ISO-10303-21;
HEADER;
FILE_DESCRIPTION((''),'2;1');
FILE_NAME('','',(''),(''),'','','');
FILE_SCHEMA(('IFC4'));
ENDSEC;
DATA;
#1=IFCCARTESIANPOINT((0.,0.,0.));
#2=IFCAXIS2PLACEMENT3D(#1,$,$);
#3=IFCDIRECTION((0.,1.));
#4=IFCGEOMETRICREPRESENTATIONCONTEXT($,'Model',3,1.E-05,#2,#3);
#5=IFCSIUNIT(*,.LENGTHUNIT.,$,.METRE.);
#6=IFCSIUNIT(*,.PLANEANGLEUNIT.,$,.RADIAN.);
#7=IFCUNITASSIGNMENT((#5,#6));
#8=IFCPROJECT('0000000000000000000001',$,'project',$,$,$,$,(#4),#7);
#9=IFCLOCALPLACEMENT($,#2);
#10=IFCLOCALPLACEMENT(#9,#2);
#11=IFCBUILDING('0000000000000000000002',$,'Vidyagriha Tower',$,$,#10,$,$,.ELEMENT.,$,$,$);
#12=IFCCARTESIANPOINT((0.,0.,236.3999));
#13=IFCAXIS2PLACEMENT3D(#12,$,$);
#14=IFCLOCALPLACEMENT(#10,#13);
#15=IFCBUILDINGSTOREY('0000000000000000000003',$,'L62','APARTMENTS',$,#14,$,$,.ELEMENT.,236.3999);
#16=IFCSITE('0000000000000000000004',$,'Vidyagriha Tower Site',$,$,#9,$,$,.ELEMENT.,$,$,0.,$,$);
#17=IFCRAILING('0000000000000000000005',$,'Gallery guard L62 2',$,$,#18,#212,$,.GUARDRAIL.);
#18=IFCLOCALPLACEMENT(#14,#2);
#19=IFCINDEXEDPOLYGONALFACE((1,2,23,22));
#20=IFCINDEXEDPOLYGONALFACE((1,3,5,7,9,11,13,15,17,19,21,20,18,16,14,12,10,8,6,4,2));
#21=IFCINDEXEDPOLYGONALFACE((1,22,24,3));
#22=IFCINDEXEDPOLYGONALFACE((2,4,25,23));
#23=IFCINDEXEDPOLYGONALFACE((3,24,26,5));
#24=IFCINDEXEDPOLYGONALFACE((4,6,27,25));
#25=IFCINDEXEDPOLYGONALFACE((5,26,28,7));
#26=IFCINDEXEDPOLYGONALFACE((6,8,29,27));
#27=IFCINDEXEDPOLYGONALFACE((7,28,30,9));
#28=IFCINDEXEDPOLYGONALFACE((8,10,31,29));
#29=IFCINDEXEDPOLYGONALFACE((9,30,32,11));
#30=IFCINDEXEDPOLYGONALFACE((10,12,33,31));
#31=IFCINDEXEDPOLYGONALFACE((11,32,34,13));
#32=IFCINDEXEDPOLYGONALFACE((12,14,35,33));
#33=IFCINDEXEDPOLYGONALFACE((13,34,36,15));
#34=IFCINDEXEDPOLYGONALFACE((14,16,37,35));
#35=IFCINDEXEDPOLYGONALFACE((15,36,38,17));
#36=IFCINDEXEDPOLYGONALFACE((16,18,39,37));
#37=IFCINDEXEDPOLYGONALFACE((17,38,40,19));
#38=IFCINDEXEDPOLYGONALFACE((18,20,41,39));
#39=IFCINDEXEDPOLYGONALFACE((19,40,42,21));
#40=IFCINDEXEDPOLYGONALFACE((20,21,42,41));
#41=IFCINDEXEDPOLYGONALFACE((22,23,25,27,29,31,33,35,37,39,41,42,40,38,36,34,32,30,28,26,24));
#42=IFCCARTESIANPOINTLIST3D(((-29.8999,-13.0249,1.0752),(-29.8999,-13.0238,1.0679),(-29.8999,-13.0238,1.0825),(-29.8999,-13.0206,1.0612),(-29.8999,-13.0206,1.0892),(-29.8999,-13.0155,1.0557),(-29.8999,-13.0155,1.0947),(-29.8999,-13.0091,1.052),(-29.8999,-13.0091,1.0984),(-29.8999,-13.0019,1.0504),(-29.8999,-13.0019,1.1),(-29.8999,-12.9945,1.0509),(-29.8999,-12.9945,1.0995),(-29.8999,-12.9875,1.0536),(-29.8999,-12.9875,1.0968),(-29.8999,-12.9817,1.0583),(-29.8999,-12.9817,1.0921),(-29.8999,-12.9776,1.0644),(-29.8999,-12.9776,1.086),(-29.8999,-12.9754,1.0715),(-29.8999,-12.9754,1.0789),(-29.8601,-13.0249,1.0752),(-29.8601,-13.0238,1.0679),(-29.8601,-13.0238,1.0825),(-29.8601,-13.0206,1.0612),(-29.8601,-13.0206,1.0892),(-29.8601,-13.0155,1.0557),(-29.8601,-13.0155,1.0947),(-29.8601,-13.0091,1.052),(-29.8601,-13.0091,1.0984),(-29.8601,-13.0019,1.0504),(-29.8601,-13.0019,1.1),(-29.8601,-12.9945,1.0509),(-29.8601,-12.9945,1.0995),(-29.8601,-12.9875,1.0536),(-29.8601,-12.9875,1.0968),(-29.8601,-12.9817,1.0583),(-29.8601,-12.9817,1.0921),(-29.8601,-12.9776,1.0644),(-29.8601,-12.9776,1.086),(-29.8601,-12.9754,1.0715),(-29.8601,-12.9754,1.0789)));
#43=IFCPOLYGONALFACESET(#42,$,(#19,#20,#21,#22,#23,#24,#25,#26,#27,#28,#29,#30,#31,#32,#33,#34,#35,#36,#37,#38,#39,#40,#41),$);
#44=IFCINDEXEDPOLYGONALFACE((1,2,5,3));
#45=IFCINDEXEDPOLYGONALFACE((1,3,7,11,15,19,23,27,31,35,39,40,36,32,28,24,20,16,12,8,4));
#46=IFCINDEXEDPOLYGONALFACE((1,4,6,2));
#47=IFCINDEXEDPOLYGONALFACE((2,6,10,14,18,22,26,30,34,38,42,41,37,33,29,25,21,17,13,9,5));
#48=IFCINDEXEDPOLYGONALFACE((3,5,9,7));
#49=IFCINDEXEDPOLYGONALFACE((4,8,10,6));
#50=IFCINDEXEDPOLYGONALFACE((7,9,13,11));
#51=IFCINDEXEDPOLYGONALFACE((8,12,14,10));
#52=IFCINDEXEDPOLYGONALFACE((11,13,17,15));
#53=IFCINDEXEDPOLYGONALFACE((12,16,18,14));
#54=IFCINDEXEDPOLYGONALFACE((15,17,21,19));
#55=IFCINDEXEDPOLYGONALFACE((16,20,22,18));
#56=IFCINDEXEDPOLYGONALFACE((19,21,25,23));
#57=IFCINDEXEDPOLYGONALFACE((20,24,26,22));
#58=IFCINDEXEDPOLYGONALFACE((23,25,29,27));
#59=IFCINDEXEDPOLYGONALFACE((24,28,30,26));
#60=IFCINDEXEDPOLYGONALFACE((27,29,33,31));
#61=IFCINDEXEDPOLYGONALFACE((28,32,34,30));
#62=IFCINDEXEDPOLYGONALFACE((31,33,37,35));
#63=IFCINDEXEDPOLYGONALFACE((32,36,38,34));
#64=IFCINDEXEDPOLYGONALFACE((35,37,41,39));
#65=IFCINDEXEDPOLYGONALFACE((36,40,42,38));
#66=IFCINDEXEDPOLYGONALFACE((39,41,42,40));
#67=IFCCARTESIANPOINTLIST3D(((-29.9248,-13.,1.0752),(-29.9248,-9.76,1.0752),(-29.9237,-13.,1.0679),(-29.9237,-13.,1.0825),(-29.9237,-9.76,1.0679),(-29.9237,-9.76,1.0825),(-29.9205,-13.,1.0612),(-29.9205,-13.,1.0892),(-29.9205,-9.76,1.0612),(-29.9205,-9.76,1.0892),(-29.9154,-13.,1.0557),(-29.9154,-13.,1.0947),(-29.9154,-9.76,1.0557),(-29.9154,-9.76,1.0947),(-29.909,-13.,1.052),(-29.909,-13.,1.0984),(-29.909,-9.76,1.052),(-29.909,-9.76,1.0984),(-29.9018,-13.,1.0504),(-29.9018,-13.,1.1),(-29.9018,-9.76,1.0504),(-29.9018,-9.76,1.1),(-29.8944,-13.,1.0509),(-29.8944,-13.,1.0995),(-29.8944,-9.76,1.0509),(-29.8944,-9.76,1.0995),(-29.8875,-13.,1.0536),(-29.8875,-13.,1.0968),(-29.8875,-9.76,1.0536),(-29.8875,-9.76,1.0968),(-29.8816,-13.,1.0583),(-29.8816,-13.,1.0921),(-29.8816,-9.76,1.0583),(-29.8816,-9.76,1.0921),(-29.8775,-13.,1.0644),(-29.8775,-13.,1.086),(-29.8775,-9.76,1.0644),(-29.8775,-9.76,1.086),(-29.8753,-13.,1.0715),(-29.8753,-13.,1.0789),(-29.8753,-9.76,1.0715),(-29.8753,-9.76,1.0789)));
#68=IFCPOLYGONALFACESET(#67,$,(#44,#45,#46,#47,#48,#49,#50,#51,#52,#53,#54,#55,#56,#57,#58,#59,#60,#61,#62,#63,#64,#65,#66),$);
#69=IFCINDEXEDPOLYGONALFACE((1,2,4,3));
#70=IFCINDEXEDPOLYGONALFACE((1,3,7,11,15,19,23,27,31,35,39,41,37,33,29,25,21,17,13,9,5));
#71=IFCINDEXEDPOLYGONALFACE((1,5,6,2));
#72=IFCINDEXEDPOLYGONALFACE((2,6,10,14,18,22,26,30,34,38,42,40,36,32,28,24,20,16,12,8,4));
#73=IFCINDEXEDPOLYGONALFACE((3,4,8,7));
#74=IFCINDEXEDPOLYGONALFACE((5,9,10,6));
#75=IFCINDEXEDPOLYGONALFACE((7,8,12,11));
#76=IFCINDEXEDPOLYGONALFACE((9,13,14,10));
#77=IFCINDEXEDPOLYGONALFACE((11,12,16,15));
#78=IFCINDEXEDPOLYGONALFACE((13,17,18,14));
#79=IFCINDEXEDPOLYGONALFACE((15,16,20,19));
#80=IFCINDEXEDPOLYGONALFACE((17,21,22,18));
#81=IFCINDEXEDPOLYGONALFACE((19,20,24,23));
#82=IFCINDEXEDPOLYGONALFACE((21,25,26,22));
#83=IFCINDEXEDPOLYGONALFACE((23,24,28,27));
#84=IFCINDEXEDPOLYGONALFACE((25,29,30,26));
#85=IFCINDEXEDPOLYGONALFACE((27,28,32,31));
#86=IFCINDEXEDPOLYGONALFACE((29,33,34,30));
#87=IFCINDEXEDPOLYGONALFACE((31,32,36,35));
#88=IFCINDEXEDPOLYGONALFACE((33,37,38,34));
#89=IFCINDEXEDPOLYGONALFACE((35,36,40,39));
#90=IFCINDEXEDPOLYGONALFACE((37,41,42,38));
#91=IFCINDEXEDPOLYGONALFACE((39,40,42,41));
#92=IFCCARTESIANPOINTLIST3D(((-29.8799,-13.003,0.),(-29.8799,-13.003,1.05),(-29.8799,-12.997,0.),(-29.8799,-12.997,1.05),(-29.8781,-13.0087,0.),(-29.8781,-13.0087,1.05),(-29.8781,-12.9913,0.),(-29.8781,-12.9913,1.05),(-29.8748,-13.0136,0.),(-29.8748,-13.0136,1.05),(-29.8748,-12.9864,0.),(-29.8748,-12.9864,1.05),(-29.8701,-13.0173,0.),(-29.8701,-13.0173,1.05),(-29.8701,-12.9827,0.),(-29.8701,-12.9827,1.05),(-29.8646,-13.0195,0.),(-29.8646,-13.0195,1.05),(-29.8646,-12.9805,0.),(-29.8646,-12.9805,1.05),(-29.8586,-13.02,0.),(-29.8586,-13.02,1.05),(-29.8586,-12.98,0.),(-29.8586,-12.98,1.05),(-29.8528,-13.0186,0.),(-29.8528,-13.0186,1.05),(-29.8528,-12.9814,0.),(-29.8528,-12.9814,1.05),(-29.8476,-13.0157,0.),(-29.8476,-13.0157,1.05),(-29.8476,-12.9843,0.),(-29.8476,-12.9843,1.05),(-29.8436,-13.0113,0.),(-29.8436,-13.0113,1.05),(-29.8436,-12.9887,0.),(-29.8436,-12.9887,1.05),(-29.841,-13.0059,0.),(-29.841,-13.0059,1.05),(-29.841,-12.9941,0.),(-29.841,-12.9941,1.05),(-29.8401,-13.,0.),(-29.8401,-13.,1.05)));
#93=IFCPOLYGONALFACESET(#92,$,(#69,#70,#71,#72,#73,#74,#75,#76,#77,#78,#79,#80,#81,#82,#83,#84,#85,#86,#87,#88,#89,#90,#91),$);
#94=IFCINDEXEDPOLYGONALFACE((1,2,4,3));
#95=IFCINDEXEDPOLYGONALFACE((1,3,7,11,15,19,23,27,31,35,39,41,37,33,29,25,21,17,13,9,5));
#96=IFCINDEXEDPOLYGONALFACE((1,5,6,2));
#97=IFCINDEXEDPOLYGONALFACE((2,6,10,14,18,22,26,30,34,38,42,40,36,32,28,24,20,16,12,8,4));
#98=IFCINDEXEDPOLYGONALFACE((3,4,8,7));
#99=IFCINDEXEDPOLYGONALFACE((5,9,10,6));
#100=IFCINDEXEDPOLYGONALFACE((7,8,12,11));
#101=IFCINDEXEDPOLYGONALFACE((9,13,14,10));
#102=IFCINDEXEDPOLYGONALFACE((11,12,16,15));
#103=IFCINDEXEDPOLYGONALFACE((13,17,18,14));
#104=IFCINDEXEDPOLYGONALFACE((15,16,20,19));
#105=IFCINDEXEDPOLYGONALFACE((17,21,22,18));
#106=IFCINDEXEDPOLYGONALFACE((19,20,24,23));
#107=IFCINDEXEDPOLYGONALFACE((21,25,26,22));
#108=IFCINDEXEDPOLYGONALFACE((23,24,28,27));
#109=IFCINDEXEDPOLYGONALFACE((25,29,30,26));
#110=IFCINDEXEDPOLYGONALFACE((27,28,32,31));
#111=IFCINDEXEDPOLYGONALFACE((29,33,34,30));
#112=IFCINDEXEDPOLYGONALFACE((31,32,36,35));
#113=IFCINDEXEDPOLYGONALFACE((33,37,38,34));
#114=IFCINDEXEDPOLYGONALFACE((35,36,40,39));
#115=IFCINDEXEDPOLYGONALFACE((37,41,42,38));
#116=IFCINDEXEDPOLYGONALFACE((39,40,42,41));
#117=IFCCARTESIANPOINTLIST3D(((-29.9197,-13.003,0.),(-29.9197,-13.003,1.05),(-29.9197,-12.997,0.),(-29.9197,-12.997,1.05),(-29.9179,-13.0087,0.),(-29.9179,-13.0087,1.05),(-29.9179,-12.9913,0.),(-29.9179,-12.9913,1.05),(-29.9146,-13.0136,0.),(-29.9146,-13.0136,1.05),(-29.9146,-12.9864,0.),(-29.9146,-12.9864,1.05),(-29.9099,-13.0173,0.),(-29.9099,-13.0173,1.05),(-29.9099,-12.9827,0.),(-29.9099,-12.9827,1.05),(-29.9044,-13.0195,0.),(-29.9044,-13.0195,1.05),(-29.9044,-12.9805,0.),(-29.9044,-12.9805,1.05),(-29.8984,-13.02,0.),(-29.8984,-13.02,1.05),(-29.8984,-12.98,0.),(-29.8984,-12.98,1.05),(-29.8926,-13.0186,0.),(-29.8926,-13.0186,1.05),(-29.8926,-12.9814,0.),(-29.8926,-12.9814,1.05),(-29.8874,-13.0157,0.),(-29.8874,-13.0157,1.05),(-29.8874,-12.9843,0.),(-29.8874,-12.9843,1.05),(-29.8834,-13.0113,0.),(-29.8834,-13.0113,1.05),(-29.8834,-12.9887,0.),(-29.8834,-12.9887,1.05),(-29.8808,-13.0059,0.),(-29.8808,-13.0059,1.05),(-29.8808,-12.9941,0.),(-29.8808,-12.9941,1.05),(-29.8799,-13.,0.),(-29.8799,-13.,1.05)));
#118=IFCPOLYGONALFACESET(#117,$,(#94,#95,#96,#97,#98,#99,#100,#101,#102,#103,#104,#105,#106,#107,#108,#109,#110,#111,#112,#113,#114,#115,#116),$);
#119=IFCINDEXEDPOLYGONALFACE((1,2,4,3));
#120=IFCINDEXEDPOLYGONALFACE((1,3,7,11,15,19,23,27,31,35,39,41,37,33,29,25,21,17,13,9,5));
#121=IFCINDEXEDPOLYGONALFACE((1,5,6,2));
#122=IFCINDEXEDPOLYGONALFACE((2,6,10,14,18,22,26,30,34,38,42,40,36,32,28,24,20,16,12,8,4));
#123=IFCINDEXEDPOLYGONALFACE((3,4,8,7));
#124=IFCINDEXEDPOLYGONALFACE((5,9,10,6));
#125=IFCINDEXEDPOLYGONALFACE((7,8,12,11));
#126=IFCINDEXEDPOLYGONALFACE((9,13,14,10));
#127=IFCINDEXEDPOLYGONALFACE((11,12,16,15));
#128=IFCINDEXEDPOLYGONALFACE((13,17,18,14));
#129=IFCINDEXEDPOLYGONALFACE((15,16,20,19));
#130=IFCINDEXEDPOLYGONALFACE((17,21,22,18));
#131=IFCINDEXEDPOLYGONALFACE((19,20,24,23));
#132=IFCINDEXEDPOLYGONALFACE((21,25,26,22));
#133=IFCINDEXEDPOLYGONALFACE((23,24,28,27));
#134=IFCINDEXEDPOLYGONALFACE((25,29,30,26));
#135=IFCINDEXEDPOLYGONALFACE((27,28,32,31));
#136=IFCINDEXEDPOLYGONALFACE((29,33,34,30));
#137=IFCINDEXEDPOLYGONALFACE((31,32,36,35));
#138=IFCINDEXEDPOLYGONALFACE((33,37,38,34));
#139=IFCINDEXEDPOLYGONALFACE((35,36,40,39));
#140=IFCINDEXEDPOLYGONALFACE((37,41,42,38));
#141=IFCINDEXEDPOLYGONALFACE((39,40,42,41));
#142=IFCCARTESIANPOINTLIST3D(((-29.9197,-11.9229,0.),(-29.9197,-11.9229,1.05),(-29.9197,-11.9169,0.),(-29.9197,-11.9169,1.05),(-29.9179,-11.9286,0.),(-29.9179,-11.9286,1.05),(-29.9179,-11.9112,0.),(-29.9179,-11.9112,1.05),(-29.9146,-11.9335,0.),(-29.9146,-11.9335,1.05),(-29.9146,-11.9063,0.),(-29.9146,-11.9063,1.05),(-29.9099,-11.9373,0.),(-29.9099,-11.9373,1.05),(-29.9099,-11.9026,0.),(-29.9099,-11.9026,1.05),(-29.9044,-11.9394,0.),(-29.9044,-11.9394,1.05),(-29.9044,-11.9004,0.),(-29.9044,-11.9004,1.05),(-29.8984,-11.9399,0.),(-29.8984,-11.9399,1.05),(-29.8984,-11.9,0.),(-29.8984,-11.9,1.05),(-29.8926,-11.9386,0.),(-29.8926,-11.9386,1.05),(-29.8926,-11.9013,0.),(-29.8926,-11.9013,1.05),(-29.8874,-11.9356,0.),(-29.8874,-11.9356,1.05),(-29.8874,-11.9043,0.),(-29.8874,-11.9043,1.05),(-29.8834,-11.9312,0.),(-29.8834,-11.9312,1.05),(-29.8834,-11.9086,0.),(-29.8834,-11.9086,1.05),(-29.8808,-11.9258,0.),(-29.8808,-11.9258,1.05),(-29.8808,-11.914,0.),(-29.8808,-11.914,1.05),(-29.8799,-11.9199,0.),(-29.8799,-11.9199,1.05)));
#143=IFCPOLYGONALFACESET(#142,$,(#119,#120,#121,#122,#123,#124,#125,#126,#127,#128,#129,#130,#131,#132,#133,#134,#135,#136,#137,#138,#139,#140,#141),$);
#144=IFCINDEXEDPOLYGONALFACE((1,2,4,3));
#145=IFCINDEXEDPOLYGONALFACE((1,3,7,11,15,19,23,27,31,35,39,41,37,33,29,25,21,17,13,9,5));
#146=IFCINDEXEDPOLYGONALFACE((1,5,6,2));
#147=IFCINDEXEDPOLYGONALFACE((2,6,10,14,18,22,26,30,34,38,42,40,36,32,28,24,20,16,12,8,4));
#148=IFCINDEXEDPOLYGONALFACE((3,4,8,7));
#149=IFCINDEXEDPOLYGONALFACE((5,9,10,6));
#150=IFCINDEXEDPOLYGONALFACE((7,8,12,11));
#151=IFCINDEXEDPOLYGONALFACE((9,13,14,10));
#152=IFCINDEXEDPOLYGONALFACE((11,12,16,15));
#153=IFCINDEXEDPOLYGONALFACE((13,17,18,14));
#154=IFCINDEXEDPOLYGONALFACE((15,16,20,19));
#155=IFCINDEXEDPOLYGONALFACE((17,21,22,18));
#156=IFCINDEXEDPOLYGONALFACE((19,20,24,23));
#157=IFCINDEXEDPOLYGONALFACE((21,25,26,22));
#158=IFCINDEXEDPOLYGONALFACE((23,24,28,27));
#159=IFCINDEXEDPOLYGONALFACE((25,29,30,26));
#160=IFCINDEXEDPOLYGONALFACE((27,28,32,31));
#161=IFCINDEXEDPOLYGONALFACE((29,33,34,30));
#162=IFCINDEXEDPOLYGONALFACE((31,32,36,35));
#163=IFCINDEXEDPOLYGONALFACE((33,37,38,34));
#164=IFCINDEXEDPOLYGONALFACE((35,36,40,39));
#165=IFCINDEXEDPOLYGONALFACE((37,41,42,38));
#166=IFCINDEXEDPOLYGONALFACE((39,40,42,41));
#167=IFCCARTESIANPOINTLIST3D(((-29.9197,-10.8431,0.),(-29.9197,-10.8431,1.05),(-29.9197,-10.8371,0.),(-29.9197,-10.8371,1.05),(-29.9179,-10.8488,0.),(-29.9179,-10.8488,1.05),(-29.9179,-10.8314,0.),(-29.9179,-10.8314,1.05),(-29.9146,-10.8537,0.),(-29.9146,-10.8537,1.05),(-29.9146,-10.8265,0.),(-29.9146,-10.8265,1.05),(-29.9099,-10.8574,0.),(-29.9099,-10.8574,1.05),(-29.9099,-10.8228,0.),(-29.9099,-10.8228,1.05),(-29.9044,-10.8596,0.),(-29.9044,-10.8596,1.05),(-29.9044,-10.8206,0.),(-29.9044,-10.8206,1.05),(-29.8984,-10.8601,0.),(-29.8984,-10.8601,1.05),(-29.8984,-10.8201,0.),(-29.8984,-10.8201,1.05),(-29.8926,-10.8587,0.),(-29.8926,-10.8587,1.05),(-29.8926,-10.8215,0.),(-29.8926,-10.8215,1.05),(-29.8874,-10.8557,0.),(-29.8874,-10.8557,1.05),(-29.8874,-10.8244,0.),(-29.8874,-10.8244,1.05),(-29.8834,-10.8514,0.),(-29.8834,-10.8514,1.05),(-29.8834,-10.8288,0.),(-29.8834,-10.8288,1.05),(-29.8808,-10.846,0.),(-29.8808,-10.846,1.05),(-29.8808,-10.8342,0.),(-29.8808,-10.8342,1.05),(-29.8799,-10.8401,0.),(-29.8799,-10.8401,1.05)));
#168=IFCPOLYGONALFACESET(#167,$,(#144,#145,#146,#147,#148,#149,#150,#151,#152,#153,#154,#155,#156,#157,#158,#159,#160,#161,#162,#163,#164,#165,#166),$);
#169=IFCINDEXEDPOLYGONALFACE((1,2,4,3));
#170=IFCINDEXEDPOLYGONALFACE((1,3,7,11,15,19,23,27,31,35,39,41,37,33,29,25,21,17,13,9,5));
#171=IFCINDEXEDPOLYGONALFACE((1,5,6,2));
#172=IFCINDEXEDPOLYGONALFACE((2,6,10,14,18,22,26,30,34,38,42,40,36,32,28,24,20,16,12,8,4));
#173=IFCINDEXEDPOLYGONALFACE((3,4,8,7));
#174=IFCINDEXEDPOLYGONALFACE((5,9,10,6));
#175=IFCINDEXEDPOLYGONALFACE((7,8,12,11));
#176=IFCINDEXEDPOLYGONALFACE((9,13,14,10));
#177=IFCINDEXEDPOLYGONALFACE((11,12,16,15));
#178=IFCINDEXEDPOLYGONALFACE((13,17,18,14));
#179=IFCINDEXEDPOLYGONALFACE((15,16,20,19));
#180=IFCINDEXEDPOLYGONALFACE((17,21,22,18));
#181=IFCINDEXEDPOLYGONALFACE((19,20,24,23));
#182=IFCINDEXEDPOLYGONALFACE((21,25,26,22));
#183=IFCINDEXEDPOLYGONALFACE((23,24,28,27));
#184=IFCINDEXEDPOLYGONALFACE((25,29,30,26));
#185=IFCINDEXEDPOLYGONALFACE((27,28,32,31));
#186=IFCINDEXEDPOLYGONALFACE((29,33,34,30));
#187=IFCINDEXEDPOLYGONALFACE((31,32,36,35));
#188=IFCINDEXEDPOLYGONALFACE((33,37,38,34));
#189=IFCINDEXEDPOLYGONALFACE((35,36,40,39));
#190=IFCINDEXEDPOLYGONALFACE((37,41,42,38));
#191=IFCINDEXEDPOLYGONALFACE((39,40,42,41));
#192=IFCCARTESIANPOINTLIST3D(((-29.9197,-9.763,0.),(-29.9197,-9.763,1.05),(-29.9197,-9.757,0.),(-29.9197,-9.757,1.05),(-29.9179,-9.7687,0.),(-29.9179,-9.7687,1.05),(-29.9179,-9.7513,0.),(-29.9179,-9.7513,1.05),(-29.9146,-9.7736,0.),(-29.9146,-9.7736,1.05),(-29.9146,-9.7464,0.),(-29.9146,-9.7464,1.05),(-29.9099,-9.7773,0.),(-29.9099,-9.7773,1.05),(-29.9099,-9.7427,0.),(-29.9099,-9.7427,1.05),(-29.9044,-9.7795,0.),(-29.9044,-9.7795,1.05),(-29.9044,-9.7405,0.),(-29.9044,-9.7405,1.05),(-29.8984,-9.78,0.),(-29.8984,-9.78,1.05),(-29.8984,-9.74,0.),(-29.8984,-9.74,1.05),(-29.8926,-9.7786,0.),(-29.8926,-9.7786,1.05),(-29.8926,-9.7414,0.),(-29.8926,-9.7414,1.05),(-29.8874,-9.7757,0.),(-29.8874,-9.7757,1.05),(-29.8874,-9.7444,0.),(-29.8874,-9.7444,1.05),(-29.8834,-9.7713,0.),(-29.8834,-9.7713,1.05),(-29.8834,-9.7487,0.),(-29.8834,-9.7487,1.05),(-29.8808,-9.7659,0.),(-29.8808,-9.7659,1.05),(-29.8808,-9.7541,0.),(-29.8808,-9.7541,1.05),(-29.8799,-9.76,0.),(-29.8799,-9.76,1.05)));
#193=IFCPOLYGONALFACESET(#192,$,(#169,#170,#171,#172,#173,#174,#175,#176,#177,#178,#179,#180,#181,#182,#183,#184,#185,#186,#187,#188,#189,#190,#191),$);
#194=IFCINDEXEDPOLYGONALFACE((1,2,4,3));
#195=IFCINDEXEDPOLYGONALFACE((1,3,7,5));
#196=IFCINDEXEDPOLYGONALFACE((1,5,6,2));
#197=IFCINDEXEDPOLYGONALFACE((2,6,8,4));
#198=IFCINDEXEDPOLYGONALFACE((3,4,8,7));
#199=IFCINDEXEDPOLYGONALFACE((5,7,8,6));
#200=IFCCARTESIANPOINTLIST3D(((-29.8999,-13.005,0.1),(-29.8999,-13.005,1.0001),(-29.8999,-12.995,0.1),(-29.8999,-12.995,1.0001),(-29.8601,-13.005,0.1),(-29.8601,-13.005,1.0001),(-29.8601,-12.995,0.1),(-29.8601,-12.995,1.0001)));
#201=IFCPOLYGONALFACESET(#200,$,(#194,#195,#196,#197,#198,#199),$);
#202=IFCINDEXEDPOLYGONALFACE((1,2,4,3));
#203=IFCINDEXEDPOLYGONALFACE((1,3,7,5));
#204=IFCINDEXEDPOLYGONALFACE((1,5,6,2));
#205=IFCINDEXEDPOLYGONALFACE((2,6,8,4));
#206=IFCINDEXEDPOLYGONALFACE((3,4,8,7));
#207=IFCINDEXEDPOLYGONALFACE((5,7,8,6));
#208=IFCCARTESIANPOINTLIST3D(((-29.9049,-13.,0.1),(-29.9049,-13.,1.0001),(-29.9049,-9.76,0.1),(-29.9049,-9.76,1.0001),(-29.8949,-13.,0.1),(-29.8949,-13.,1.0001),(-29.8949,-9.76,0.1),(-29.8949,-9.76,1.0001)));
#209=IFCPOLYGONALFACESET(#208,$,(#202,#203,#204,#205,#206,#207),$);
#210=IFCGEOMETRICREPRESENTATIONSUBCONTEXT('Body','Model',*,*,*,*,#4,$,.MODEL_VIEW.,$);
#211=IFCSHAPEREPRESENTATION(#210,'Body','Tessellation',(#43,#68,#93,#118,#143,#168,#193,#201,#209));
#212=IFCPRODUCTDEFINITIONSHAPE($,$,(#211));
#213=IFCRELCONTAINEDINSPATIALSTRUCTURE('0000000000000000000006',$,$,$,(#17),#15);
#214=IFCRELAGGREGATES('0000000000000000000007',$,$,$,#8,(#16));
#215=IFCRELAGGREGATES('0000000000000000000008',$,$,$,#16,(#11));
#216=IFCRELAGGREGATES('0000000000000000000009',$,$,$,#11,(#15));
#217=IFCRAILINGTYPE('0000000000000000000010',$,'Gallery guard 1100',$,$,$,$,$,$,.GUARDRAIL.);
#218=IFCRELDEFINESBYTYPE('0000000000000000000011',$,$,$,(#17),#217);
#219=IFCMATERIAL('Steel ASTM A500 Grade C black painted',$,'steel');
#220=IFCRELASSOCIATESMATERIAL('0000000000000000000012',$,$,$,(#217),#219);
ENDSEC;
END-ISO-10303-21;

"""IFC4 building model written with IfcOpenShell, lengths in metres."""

from ifc_helpers import new_model, si_unit, direction, frame, origin, origin_2d, place, context, subcontext, project, spatial, rectangle, circle, extrude, material, type_object, element, save


model = new_model("IFC4")

# Units and contexts
model_context = context("Model", 3, precision=1e-05, world=origin(), true_north=direction((0.0, 1.0)))
body_context = subcontext(model_context, "Body", "Model", "MODEL_VIEW")
ifc_project = project(units=[si_unit("LENGTHUNIT", "METRE"), si_unit("PLANEANGLEUNIT", "RADIAN")], contexts=[model_context])

# Site, building, storey
site_placement = place(None, origin())
site = spatial("IfcSite", under=ifc_project, at=site_placement, Name="Vidyagriha Tower Site", CompositionType="ELEMENT", RefElevation=0.0)
building_placement = place(site_placement, origin())
building = spatial("IfcBuilding", under=site, at=building_placement, Name="Vidyagriha Tower", CompositionType="ELEMENT")
storey_placement = place(building_placement, frame((0.0, 0.0, 236.3999)))
storey = spatial("IfcBuildingStorey", under=building, at=storey_placement, Name="L62", Description="APARTMENTS", CompositionType="ELEMENT", Elevation=236.3999)

# Railing
ifc_material_1 = material(Name="Steel ASTM A500 Grade C black painted", Category="steel")
railing_type_1 = type_object("IfcRailingType", Name="Gallery guard 1100", PredefinedType="GUARDRAIL", material=ifc_material_1)
railing_1_placement = place(storey_placement, frame((-29.8601, -13.0, 0.0)))
element("IfcRailing", 1, at=railing_1_placement, inside=storey, type_object=railing_type_1, Name="Gallery guard L62 2", PredefinedType="GUARDRAIL", context=body_context, shape_type="SweptSolid", body=[
    extrude(circle(Radius=0.0249, at=origin_2d()), frame((0.0, 0.0, 1.0752), z_axis=(-1.0, 0.0, 0.0), x_axis=(0.0, -1.0, 0.0)), (0.0, 0.0, 1.0), 0.0398),
    extrude(circle(Radius=0.0249, at=origin_2d()), frame((-0.0398, 0.0, 1.0752), z_axis=(0.0, 1.0, 0.0), x_axis=(-1.0, 0.0, 0.0)), (0.0, 0.0, 1.0), 3.24),
    extrude(circle(Radius=0.02, at=origin_2d()), origin(), (0.0, 0.0, 1.0), 1.05),
    extrude(circle(Radius=0.02, at=origin_2d()), frame((-0.0398, 0.0, 0.0)), (0.0, 0.0, 1.0), 1.05),
    extrude(circle(Radius=0.02, at=origin_2d()), frame((-0.0398, 1.0801, 0.0)), (0.0, 0.0, 1.0), 1.05),
    extrude(circle(Radius=0.02, at=origin_2d()), frame((-0.0398, 2.1599, 0.0)), (0.0, 0.0, 1.0), 1.05),
    extrude(circle(Radius=0.02, at=origin_2d()), frame((-0.0398, 3.24, 0.0)), (0.0, 0.0, 1.0), 1.05),
    extrude(rectangle(XDim=0.01, YDim=0.9001, at=origin_2d()), frame((0.0, 0.0, 0.55), z_axis=(-1.0, 0.0, 0.0), x_axis=(0.0, -1.0, 0.0)), (0.0, 0.0, 1.0), 0.0398),
    extrude(rectangle(XDim=0.01, YDim=0.9001, at=origin_2d()), frame((-0.0398, 0.0, 0.55), z_axis=(0.0, 1.0, 0.0), x_axis=(-1.0, 0.0, 0.0)), (0.0, 0.0, 1.0), 3.24),
])

save(model, "model.ifc")
